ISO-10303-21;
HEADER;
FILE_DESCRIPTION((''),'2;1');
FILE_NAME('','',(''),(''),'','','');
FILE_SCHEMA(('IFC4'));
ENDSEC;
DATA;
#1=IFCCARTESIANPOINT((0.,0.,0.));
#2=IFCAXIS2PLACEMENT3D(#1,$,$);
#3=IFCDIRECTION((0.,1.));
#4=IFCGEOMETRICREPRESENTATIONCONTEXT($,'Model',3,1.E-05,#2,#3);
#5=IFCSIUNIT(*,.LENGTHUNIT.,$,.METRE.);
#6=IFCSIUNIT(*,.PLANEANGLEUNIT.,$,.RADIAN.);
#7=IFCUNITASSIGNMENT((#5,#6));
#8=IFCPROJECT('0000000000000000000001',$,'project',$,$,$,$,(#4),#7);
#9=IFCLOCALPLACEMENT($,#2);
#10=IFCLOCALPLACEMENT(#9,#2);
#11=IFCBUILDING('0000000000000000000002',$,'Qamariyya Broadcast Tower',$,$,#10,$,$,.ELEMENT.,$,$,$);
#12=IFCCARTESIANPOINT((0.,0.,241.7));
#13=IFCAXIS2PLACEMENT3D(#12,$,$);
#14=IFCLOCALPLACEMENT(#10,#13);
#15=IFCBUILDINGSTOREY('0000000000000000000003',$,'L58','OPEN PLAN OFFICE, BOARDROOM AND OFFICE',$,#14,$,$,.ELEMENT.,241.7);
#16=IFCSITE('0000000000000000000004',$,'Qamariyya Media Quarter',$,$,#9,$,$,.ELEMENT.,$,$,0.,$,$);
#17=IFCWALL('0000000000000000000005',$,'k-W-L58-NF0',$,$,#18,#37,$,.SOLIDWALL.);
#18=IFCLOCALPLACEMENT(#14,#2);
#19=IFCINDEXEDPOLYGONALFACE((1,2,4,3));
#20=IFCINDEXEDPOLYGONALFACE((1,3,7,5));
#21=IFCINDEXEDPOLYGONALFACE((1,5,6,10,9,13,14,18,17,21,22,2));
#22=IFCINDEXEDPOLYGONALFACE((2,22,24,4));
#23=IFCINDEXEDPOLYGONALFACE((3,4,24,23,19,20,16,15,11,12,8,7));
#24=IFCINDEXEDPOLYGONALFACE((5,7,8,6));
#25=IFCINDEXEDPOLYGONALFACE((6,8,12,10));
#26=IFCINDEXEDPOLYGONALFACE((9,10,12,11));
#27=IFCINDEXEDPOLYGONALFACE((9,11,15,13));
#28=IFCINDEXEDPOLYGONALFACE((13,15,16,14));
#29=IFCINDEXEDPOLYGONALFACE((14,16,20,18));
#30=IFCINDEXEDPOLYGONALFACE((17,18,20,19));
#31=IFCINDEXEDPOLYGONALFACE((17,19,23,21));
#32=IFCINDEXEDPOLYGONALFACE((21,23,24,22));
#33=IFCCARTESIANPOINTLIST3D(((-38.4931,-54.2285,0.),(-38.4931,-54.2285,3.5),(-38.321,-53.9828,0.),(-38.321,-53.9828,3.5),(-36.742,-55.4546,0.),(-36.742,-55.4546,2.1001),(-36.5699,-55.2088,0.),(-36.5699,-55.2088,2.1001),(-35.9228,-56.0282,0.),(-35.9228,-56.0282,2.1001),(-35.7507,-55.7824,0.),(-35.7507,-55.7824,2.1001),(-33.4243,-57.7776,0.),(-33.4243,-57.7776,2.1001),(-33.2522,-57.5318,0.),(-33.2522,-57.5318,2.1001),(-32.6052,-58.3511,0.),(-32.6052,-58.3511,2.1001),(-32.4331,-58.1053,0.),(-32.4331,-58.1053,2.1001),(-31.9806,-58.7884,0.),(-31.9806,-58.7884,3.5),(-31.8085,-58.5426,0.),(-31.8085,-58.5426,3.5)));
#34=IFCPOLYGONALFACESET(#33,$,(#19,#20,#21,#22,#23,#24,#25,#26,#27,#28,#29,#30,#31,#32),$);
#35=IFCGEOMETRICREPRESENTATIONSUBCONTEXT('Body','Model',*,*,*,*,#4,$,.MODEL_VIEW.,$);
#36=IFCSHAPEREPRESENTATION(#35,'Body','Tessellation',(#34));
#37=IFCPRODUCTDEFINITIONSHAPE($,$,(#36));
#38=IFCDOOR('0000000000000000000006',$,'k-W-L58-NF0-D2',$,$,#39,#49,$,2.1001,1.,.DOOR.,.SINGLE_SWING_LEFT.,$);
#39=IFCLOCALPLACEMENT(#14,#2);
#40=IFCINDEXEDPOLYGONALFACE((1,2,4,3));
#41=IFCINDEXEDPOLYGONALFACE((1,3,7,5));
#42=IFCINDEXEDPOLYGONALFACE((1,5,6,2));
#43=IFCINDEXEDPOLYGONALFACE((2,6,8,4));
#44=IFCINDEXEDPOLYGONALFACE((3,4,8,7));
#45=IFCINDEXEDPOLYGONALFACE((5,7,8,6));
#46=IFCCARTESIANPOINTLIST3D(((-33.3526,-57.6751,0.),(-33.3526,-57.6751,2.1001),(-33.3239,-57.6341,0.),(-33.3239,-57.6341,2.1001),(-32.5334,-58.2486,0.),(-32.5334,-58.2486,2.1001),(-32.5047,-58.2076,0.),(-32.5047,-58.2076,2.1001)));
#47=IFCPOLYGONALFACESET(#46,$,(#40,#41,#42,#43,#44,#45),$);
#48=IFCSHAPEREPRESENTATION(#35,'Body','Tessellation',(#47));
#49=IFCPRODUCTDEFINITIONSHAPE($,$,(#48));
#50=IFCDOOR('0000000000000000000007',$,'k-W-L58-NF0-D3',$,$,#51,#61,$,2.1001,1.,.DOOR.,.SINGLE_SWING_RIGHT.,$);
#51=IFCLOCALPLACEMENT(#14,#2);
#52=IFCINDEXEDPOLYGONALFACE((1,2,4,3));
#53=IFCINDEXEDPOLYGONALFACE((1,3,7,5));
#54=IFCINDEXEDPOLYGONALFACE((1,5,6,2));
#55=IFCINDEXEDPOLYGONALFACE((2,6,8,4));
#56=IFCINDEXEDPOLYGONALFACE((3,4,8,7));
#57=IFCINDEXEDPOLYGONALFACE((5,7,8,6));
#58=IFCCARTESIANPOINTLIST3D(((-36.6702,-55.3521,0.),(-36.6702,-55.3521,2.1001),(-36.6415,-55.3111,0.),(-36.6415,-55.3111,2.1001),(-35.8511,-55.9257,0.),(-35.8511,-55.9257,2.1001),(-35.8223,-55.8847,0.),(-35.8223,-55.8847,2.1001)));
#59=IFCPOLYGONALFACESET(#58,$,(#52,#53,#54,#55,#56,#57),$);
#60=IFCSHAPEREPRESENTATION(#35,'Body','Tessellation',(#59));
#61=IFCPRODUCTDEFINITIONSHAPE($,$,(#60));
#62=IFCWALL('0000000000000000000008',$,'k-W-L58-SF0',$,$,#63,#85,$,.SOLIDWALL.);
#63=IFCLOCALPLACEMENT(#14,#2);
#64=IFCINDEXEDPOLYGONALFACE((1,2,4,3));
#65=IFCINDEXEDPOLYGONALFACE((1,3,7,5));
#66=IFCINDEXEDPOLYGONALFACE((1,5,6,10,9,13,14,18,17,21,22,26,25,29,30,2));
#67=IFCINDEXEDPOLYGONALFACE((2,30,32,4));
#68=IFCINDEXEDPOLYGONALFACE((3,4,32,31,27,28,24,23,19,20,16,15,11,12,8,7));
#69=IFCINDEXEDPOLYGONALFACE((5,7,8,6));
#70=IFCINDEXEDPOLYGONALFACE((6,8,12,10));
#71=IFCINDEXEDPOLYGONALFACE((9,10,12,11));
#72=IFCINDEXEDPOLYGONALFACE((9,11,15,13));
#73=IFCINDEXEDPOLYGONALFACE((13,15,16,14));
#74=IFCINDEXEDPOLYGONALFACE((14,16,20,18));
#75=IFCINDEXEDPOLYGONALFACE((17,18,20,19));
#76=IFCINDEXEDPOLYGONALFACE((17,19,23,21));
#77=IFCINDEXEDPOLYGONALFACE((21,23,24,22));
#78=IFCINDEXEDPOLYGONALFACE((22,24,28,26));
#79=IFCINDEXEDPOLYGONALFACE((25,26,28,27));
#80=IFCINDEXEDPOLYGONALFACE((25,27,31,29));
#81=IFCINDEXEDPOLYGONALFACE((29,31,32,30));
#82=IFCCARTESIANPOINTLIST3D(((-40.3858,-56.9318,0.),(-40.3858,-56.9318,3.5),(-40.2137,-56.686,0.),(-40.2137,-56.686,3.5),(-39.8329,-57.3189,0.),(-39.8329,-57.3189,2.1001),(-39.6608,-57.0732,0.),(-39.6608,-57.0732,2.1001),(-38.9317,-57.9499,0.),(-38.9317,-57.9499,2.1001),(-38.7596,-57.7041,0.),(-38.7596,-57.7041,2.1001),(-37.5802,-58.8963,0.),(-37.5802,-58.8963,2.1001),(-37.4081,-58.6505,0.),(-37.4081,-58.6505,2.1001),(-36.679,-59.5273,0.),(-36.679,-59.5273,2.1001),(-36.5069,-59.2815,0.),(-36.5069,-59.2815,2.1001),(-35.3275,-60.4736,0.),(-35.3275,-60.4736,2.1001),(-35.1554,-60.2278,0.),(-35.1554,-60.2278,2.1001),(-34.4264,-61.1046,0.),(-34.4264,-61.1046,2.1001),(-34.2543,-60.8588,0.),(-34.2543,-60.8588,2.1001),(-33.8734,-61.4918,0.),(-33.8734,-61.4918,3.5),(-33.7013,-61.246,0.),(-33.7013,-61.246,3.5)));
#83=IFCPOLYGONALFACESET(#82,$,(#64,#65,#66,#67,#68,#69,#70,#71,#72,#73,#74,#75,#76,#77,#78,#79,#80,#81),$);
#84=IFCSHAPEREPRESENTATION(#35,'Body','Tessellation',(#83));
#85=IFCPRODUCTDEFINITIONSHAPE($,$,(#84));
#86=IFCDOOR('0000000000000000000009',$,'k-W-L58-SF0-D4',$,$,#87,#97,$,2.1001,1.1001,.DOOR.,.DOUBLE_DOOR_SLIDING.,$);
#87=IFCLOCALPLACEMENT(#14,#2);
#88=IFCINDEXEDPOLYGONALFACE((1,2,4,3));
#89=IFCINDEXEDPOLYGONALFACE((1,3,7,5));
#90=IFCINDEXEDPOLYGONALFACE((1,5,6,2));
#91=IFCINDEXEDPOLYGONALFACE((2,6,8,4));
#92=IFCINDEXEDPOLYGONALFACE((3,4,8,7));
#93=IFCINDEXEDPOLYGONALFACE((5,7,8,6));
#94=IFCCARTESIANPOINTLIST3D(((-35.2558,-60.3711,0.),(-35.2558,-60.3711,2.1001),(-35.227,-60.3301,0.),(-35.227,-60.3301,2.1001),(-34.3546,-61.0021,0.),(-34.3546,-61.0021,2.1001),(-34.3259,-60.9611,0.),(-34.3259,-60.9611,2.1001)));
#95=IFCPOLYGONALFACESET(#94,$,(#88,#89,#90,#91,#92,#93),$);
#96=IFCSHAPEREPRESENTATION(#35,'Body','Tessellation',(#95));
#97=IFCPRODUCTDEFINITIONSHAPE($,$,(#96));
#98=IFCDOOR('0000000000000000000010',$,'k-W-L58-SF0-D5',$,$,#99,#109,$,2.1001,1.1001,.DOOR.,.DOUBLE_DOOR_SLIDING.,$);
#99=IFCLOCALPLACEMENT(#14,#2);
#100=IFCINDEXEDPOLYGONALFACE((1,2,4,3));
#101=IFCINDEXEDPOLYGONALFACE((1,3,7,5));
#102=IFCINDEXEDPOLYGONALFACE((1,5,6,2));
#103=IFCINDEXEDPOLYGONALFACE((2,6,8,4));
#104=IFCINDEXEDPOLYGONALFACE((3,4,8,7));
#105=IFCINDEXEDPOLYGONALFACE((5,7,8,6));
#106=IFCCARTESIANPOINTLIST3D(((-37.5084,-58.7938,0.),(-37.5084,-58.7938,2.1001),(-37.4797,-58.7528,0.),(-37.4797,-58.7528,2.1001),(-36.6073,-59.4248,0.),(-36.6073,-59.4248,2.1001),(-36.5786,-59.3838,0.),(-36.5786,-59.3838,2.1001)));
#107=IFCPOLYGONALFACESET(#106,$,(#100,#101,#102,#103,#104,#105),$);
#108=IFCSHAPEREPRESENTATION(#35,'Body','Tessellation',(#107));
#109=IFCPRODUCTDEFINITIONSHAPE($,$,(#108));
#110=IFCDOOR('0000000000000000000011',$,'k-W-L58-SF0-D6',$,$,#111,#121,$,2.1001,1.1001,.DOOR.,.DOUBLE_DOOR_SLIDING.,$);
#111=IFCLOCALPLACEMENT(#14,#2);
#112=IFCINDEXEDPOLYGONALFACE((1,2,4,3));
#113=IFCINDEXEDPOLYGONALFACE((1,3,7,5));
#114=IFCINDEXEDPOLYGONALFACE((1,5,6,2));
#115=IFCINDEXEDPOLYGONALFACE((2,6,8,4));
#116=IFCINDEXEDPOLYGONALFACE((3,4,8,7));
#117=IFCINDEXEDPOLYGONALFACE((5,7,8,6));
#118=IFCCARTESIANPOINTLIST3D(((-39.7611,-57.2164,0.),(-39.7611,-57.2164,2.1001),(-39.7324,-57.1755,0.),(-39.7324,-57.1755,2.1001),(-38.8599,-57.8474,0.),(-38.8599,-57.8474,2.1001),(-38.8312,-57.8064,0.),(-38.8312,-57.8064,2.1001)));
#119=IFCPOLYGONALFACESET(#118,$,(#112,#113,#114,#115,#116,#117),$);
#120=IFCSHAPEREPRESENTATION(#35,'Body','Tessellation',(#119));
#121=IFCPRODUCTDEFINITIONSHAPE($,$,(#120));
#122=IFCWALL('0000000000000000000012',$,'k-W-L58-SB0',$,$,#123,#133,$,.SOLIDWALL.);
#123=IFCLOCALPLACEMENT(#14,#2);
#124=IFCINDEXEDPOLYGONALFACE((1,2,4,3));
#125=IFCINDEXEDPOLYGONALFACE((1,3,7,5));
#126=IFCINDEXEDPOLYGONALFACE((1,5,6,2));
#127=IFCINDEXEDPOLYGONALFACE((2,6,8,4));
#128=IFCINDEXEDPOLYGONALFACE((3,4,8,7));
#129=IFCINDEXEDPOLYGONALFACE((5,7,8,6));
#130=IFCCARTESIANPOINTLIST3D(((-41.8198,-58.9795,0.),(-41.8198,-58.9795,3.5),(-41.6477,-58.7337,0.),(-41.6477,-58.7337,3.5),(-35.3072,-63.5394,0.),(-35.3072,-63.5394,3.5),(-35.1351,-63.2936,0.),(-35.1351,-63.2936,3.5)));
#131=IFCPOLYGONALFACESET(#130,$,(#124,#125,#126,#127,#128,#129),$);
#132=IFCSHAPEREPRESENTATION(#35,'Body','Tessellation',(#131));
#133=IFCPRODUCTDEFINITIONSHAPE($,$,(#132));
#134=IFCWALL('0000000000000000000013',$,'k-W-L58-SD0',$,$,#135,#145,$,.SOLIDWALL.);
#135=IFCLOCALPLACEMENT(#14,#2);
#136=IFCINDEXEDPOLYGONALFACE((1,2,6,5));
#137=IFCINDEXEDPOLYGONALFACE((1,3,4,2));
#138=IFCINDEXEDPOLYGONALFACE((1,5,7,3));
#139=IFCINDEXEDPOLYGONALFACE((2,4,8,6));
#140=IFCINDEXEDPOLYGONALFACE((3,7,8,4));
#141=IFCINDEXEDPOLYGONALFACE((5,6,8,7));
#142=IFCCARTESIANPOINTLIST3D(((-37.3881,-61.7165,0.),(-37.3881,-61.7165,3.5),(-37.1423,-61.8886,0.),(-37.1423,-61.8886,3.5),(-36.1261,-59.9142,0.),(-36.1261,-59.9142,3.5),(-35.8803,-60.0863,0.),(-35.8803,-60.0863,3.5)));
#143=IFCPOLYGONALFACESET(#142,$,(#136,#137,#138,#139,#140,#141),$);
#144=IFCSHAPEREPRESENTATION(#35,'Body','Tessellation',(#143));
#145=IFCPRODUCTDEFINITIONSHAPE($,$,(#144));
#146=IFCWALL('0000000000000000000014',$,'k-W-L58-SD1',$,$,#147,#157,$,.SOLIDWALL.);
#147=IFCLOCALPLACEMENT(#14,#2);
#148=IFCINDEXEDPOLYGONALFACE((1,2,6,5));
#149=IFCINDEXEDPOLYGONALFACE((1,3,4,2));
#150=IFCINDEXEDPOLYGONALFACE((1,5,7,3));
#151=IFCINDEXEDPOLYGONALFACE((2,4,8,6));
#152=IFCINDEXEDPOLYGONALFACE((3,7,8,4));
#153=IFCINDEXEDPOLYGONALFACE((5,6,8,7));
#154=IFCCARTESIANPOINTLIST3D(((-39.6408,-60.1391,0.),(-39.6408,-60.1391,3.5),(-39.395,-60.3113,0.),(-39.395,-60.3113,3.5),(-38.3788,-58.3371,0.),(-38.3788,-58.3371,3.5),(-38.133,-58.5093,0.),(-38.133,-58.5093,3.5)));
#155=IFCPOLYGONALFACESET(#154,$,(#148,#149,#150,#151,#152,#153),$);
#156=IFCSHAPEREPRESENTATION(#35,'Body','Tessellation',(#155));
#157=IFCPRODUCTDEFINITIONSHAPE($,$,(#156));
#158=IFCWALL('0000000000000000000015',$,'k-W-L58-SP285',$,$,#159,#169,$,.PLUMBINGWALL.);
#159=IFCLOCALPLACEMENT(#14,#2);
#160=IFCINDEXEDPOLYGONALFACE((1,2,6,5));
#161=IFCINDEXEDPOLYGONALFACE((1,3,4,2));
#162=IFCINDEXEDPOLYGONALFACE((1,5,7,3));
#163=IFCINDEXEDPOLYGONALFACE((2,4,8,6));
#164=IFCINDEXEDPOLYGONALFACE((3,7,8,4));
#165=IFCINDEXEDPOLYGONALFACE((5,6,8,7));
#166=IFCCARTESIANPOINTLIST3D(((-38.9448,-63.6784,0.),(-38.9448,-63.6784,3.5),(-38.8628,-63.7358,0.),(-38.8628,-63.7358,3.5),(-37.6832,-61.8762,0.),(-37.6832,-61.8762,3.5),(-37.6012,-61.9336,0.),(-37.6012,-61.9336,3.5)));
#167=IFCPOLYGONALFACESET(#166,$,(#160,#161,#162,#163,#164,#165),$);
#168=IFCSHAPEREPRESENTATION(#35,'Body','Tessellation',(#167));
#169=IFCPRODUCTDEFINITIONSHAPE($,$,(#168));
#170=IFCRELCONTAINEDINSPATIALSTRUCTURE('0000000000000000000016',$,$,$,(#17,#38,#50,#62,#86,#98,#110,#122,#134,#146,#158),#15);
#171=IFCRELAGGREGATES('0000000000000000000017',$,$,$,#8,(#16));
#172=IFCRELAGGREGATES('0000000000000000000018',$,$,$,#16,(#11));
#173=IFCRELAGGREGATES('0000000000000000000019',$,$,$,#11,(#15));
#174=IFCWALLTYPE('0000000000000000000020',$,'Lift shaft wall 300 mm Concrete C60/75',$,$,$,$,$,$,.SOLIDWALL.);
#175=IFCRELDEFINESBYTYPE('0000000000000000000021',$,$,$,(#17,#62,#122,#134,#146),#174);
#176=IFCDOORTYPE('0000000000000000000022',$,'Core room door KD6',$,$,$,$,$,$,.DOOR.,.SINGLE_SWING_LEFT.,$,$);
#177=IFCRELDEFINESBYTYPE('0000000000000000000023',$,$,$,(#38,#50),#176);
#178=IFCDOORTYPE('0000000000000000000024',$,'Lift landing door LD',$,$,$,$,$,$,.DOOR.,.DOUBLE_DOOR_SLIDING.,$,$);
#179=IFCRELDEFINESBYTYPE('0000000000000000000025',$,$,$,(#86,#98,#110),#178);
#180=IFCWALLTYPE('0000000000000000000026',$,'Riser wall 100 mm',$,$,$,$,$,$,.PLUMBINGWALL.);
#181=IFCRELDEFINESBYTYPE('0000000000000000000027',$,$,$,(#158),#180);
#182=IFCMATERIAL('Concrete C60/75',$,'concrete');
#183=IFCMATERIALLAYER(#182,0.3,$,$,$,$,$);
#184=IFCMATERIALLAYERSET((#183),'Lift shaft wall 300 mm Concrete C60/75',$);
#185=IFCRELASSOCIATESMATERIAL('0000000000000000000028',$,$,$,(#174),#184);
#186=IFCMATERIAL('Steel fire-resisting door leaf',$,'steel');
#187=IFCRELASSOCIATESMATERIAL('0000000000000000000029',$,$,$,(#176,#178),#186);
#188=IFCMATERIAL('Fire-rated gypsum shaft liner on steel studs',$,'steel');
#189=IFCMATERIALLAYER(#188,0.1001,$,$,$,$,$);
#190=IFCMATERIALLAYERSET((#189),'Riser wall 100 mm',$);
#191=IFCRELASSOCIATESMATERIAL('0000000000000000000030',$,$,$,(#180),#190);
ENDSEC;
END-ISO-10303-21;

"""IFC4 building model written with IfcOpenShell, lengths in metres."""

from ifc_helpers import new_model, si_unit, direction, frame, frame_2d, origin, place, context, subcontext, project, spatial, rectangle, extrude, material, layer, layer_set, type_object, element, fill, save


model = new_model("IFC4")

# Units and contexts
model_context = context("Model", 3, precision=1e-05, world=origin(), true_north=direction((0.0, 1.0)))
body_context = subcontext(model_context, "Body", "Model", "MODEL_VIEW")
ifc_project = project(units=[si_unit("LENGTHUNIT", "METRE"), si_unit("PLANEANGLEUNIT", "RADIAN")], contexts=[model_context])

# Site, building, storey
site_placement = place(None, origin())
site = spatial("IfcSite", under=ifc_project, at=site_placement, Name="Qamariyya Media Quarter", CompositionType="ELEMENT", RefElevation=0.0)
building_placement = place(site_placement, origin())
building = spatial("IfcBuilding", under=site, at=building_placement, Name="Qamariyya Broadcast Tower", CompositionType="ELEMENT")
storey_placement = place(building_placement, frame((0.0, 0.0, 241.7)))
storey = spatial("IfcBuildingStorey", under=building, at=storey_placement, Name="L58", Description="OPEN PLAN OFFICE, BOARDROOM AND OFFICE", CompositionType="ELEMENT", Elevation=241.7)

# Shared definitions
ifc_material_1 = material(Name="Concrete C60/75", Category="concrete")

# Shared definitions
ifc_material_2 = material(Name="Steel fire-resisting door leaf", Category="steel")

# Walls, openings, doors
ifc_layer_1 = layer(ifc_material_1, 0.3)
ifc_layer_set_1 = layer_set([ifc_layer_1], Name="Lift shaft wall 300 mm Concrete C60/75")
wall_type_1 = type_object("IfcWallType", Name="Lift shaft wall 300 mm Concrete C60/75", PredefinedType="SOLIDWALL", material=ifc_layer_set_1)
wall_1_placement = place(storey_placement, frame((-31.8945, -58.6655, 0.0), z_axis=(0.0, 0.0, 1.0), x_axis=(-0.819167, 0.573555, 0.0)))
wall_1 = element("IfcWall", 1, at=wall_1_placement, inside=storey, type_object=wall_type_1, Name="k-W-L58-NF0", PredefinedType="SOLIDWALL", context=body_context, shape_type="SweptSolid", body=[
    extrude(rectangle(XDim=7.9502, YDim=0.3, at=frame_2d((3.9751, 0.0))), origin(), (0.0, 0.0, 1.0), 3.5),
])
opening_1_placement = place(wall_1_placement, frame((0.7625, 0.0, 0.0)))
opening_1 = element("IfcOpeningElement", 2, at=opening_1_placement, cuts=wall_1, PredefinedType="OPENING", context=body_context, shape_type="SweptSolid", body=[
    extrude(rectangle(XDim=1.0, YDim=2.1001, at=frame_2d((0.5, 1.05))), frame((0.0, 0.1599, 0.0), z_axis=(0.0, -1.0, 0.0), x_axis=(1.0, 0.0, 0.0)), (0.0, 0.0, 1.0), 0.3201),
])
opening_2_placement = place(wall_1_placement, frame((4.8125, 0.0, 0.0)))
opening_2 = element("IfcOpeningElement", 3, at=opening_2_placement, cuts=wall_1, PredefinedType="OPENING", context=body_context, shape_type="SweptSolid", body=[
    extrude(rectangle(XDim=1.0, YDim=2.1001, at=frame_2d((0.5, 1.05))), frame((0.0, 0.1599, 0.0), z_axis=(0.0, -1.0, 0.0), x_axis=(1.0, 0.0, 0.0)), (0.0, 0.0, 1.0), 0.3201),
])
door_type_1 = type_object("IfcDoorType", Name="Core room door KD6", OperationType="SINGLE_SWING_LEFT", PredefinedType="DOOR", material=ifc_material_2)
door_1_placement = place(opening_1_placement, origin())
door_1 = element("IfcDoor", 4, at=door_1_placement, inside=storey, type_object=door_type_1, Name="k-W-L58-NF0-D2", OperationType="SINGLE_SWING_LEFT", OverallHeight=2.1001, OverallWidth=1.0, PredefinedType="DOOR", context=body_context, shape_type="SweptSolid", body=[
    extrude(rectangle(XDim=1.0, YDim=2.1001, at=frame_2d((0.5, 1.05))), frame((0.0, 0.0249, 0.0), z_axis=(0.0, -1.0, 0.0), x_axis=(1.0, 0.0, 0.0)), (0.0, 0.0, 1.0), 0.05),
])
fill(opening_1, door_1)
door_2_placement = place(opening_2_placement, origin())
door_2 = element("IfcDoor", 5, at=door_2_placement, inside=storey, type_object=door_type_1, Name="k-W-L58-NF0-D3", OperationType="SINGLE_SWING_RIGHT", OverallHeight=2.1001, OverallWidth=1.0, PredefinedType="DOOR", context=body_context, shape_type="SweptSolid", body=[
    extrude(rectangle(XDim=1.0, YDim=2.1001, at=frame_2d((0.5, 1.05))), frame((0.0, 0.0249, 0.0), z_axis=(0.0, -1.0, 0.0), x_axis=(1.0, 0.0, 0.0)), (0.0, 0.0, 1.0), 0.05),
])
fill(opening_2, door_2)
wall_2_placement = place(storey_placement, frame((-33.7874, -61.3689, 0.0), z_axis=(0.0, 0.0, 1.0), x_axis=(-0.819153, 0.573576, 0.0)))
wall_2 = element("IfcWall", 6, at=wall_2_placement, inside=storey, type_object=wall_type_1, Name="k-W-L58-SF0", PredefinedType="SOLIDWALL", context=body_context, shape_type="SweptSolid", body=[
    extrude(rectangle(XDim=7.9502, YDim=0.3, at=frame_2d((3.9751, 0.0))), origin(), (0.0, 0.0, 1.0), 3.5),
])
opening_3_placement = place(wall_2_placement, frame((0.675, 0.0, 0.0)))
opening_3 = element("IfcOpeningElement", 7, at=opening_3_placement, cuts=wall_2, PredefinedType="OPENING", context=body_context, shape_type="SweptSolid", body=[
    extrude(rectangle(XDim=1.1001, YDim=2.1001, at=frame_2d((0.55, 1.05))), frame((0.0, 0.1599, 0.0), z_axis=(0.0, -1.0, 0.0), x_axis=(1.0, 0.0, 0.0)), (0.0, 0.0, 1.0), 0.3201),
])
opening_4_placement = place(wall_2_placement, frame((3.425, 0.0, 0.0)))
opening_4 = element("IfcOpeningElement", 8, at=opening_4_placement, cuts=wall_2, PredefinedType="OPENING", context=body_context, shape_type="SweptSolid", body=[
    extrude(rectangle(XDim=1.1001, YDim=2.1001, at=frame_2d((0.55, 1.05))), frame((0.0, 0.1599, 0.0), z_axis=(0.0, -1.0, 0.0), x_axis=(1.0, 0.0, 0.0)), (0.0, 0.0, 1.0), 0.3201),
])
opening_5_placement = place(wall_2_placement, frame((6.175, 0.0, 0.0)))
opening_5 = element("IfcOpeningElement", 9, at=opening_5_placement, cuts=wall_2, PredefinedType="OPENING", context=body_context, shape_type="SweptSolid", body=[
    extrude(rectangle(XDim=1.1001, YDim=2.1001, at=frame_2d((0.55, 1.05))), frame((0.0, 0.1599, 0.0), z_axis=(0.0, -1.0, 0.0), x_axis=(1.0, 0.0, 0.0)), (0.0, 0.0, 1.0), 0.3201),
])
door_type_2 = type_object("IfcDoorType", Name="Lift landing door LD", OperationType="DOUBLE_DOOR_SLIDING", PredefinedType="DOOR", material=ifc_material_2)
door_3_placement = place(opening_3_placement, origin())
door_3 = element("IfcDoor", 10, at=door_3_placement, inside=storey, type_object=door_type_2, Name="k-W-L58-SF0-D4", OperationType="DOUBLE_DOOR_SLIDING", OverallHeight=2.1001, OverallWidth=1.1001, PredefinedType="DOOR", context=body_context, shape_type="SweptSolid", body=[
    extrude(rectangle(XDim=1.1001, YDim=2.1001, at=frame_2d((0.55, 1.05))), frame((0.0, 0.0249, 0.0), z_axis=(0.0, -1.0, 0.0), x_axis=(1.0, 0.0, 0.0)), (0.0, 0.0, 1.0), 0.05),
])
fill(opening_3, door_3)
door_4_placement = place(opening_4_placement, origin())
door_4 = element("IfcDoor", 11, at=door_4_placement, inside=storey, type_object=door_type_2, Name="k-W-L58-SF0-D5", OperationType="DOUBLE_DOOR_SLIDING", OverallHeight=2.1001, OverallWidth=1.1001, PredefinedType="DOOR", context=body_context, shape_type="SweptSolid", body=[
    extrude(rectangle(XDim=1.1001, YDim=2.1001, at=frame_2d((0.55, 1.05))), frame((0.0, 0.0249, 0.0), z_axis=(0.0, -1.0, 0.0), x_axis=(1.0, 0.0, 0.0)), (0.0, 0.0, 1.0), 0.05),
])
fill(opening_4, door_4)
door_5_placement = place(opening_5_placement, origin())
door_5 = element("IfcDoor", 12, at=door_5_placement, inside=storey, type_object=door_type_2, Name="k-W-L58-SF0-D6", OperationType="DOUBLE_DOOR_SLIDING", OverallHeight=2.1001, OverallWidth=1.1001, PredefinedType="DOOR", context=body_context, shape_type="SweptSolid", body=[
    extrude(rectangle(XDim=1.1001, YDim=2.1001, at=frame_2d((0.55, 1.05))), frame((0.0, 0.0249, 0.0), z_axis=(0.0, -1.0, 0.0), x_axis=(1.0, 0.0, 0.0)), (0.0, 0.0, 1.0), 0.05),
])
fill(opening_5, door_5)

# Walls
wall_3_placement = place(storey_placement, frame((-35.2212, -63.4165, 0.0), z_axis=(0.0, 0.0, 1.0), x_axis=(-0.819167, 0.573555, 0.0)))
element("IfcWall", 13, at=wall_3_placement, inside=storey, type_object=wall_type_1, Name="k-W-L58-SB0", PredefinedType="SOLIDWALL", context=body_context, shape_type="SweptSolid", body=[
    extrude(rectangle(XDim=7.9502, YDim=0.3, at=frame_2d((3.9751, 0.0))), origin(), (0.0, 0.0, 1.0), 3.5),
])
wall_4_placement = place(storey_placement, frame((-36.0032, -60.0002, 0.0), z_axis=(0.0, 0.0, 1.0), x_axis=(-0.573581, -0.819149, 0.0)))
element("IfcWall", 14, at=wall_4_placement, inside=storey, type_object=wall_type_1, Name="k-W-L58-SD0", PredefinedType="SOLIDWALL", context=body_context, shape_type="SweptSolid", body=[
    extrude(rectangle(XDim=2.2002, YDim=0.3, at=frame_2d((1.1001, 0.0))), origin(), (0.0, 0.0, 1.0), 3.5),
])
wall_5_placement = place(storey_placement, frame((-38.2559, -58.4231, 0.0), z_axis=(0.0, 0.0, 1.0), x_axis=(-0.573634, -0.819112, 0.0)))
element("IfcWall", 15, at=wall_5_placement, inside=storey, type_object=wall_type_1, Name="k-W-L58-SD1", PredefinedType="SOLIDWALL", context=body_context, shape_type="SweptSolid", body=[
    extrude(rectangle(XDim=2.2, YDim=0.3, at=frame_2d((1.1001, 0.0))), origin(), (0.0, 0.0, 1.0), 3.5),
])
ifc_material_3 = material(Name="Fire-rated gypsum shaft liner on steel studs", Category="steel")
ifc_layer_2 = layer(ifc_material_3, 0.1001)
ifc_layer_set_2 = layer_set([ifc_layer_2], Name="Riser wall 100 mm")
wall_type_2 = type_object("IfcWallType", Name="Riser wall 100 mm", PredefinedType="PLUMBINGWALL", material=ifc_layer_set_2)
wall_6_placement = place(storey_placement, frame((-37.6421, -61.9048, 0.0), z_axis=(0.0, 0.0, 1.0), x_axis=(-0.573507, -0.819201, 0.0)))
element("IfcWall", 16, at=wall_6_placement, inside=storey, type_object=wall_type_2, Name="k-W-L58-SP285", PredefinedType="PLUMBINGWALL", context=body_context, shape_type="SweptSolid", body=[
    extrude(rectangle(XDim=2.2, YDim=0.1001, at=frame_2d((1.1001, 0.0))), origin(), (0.0, 0.0, 1.0), 3.5),
])

save(model, "model.ifc")
